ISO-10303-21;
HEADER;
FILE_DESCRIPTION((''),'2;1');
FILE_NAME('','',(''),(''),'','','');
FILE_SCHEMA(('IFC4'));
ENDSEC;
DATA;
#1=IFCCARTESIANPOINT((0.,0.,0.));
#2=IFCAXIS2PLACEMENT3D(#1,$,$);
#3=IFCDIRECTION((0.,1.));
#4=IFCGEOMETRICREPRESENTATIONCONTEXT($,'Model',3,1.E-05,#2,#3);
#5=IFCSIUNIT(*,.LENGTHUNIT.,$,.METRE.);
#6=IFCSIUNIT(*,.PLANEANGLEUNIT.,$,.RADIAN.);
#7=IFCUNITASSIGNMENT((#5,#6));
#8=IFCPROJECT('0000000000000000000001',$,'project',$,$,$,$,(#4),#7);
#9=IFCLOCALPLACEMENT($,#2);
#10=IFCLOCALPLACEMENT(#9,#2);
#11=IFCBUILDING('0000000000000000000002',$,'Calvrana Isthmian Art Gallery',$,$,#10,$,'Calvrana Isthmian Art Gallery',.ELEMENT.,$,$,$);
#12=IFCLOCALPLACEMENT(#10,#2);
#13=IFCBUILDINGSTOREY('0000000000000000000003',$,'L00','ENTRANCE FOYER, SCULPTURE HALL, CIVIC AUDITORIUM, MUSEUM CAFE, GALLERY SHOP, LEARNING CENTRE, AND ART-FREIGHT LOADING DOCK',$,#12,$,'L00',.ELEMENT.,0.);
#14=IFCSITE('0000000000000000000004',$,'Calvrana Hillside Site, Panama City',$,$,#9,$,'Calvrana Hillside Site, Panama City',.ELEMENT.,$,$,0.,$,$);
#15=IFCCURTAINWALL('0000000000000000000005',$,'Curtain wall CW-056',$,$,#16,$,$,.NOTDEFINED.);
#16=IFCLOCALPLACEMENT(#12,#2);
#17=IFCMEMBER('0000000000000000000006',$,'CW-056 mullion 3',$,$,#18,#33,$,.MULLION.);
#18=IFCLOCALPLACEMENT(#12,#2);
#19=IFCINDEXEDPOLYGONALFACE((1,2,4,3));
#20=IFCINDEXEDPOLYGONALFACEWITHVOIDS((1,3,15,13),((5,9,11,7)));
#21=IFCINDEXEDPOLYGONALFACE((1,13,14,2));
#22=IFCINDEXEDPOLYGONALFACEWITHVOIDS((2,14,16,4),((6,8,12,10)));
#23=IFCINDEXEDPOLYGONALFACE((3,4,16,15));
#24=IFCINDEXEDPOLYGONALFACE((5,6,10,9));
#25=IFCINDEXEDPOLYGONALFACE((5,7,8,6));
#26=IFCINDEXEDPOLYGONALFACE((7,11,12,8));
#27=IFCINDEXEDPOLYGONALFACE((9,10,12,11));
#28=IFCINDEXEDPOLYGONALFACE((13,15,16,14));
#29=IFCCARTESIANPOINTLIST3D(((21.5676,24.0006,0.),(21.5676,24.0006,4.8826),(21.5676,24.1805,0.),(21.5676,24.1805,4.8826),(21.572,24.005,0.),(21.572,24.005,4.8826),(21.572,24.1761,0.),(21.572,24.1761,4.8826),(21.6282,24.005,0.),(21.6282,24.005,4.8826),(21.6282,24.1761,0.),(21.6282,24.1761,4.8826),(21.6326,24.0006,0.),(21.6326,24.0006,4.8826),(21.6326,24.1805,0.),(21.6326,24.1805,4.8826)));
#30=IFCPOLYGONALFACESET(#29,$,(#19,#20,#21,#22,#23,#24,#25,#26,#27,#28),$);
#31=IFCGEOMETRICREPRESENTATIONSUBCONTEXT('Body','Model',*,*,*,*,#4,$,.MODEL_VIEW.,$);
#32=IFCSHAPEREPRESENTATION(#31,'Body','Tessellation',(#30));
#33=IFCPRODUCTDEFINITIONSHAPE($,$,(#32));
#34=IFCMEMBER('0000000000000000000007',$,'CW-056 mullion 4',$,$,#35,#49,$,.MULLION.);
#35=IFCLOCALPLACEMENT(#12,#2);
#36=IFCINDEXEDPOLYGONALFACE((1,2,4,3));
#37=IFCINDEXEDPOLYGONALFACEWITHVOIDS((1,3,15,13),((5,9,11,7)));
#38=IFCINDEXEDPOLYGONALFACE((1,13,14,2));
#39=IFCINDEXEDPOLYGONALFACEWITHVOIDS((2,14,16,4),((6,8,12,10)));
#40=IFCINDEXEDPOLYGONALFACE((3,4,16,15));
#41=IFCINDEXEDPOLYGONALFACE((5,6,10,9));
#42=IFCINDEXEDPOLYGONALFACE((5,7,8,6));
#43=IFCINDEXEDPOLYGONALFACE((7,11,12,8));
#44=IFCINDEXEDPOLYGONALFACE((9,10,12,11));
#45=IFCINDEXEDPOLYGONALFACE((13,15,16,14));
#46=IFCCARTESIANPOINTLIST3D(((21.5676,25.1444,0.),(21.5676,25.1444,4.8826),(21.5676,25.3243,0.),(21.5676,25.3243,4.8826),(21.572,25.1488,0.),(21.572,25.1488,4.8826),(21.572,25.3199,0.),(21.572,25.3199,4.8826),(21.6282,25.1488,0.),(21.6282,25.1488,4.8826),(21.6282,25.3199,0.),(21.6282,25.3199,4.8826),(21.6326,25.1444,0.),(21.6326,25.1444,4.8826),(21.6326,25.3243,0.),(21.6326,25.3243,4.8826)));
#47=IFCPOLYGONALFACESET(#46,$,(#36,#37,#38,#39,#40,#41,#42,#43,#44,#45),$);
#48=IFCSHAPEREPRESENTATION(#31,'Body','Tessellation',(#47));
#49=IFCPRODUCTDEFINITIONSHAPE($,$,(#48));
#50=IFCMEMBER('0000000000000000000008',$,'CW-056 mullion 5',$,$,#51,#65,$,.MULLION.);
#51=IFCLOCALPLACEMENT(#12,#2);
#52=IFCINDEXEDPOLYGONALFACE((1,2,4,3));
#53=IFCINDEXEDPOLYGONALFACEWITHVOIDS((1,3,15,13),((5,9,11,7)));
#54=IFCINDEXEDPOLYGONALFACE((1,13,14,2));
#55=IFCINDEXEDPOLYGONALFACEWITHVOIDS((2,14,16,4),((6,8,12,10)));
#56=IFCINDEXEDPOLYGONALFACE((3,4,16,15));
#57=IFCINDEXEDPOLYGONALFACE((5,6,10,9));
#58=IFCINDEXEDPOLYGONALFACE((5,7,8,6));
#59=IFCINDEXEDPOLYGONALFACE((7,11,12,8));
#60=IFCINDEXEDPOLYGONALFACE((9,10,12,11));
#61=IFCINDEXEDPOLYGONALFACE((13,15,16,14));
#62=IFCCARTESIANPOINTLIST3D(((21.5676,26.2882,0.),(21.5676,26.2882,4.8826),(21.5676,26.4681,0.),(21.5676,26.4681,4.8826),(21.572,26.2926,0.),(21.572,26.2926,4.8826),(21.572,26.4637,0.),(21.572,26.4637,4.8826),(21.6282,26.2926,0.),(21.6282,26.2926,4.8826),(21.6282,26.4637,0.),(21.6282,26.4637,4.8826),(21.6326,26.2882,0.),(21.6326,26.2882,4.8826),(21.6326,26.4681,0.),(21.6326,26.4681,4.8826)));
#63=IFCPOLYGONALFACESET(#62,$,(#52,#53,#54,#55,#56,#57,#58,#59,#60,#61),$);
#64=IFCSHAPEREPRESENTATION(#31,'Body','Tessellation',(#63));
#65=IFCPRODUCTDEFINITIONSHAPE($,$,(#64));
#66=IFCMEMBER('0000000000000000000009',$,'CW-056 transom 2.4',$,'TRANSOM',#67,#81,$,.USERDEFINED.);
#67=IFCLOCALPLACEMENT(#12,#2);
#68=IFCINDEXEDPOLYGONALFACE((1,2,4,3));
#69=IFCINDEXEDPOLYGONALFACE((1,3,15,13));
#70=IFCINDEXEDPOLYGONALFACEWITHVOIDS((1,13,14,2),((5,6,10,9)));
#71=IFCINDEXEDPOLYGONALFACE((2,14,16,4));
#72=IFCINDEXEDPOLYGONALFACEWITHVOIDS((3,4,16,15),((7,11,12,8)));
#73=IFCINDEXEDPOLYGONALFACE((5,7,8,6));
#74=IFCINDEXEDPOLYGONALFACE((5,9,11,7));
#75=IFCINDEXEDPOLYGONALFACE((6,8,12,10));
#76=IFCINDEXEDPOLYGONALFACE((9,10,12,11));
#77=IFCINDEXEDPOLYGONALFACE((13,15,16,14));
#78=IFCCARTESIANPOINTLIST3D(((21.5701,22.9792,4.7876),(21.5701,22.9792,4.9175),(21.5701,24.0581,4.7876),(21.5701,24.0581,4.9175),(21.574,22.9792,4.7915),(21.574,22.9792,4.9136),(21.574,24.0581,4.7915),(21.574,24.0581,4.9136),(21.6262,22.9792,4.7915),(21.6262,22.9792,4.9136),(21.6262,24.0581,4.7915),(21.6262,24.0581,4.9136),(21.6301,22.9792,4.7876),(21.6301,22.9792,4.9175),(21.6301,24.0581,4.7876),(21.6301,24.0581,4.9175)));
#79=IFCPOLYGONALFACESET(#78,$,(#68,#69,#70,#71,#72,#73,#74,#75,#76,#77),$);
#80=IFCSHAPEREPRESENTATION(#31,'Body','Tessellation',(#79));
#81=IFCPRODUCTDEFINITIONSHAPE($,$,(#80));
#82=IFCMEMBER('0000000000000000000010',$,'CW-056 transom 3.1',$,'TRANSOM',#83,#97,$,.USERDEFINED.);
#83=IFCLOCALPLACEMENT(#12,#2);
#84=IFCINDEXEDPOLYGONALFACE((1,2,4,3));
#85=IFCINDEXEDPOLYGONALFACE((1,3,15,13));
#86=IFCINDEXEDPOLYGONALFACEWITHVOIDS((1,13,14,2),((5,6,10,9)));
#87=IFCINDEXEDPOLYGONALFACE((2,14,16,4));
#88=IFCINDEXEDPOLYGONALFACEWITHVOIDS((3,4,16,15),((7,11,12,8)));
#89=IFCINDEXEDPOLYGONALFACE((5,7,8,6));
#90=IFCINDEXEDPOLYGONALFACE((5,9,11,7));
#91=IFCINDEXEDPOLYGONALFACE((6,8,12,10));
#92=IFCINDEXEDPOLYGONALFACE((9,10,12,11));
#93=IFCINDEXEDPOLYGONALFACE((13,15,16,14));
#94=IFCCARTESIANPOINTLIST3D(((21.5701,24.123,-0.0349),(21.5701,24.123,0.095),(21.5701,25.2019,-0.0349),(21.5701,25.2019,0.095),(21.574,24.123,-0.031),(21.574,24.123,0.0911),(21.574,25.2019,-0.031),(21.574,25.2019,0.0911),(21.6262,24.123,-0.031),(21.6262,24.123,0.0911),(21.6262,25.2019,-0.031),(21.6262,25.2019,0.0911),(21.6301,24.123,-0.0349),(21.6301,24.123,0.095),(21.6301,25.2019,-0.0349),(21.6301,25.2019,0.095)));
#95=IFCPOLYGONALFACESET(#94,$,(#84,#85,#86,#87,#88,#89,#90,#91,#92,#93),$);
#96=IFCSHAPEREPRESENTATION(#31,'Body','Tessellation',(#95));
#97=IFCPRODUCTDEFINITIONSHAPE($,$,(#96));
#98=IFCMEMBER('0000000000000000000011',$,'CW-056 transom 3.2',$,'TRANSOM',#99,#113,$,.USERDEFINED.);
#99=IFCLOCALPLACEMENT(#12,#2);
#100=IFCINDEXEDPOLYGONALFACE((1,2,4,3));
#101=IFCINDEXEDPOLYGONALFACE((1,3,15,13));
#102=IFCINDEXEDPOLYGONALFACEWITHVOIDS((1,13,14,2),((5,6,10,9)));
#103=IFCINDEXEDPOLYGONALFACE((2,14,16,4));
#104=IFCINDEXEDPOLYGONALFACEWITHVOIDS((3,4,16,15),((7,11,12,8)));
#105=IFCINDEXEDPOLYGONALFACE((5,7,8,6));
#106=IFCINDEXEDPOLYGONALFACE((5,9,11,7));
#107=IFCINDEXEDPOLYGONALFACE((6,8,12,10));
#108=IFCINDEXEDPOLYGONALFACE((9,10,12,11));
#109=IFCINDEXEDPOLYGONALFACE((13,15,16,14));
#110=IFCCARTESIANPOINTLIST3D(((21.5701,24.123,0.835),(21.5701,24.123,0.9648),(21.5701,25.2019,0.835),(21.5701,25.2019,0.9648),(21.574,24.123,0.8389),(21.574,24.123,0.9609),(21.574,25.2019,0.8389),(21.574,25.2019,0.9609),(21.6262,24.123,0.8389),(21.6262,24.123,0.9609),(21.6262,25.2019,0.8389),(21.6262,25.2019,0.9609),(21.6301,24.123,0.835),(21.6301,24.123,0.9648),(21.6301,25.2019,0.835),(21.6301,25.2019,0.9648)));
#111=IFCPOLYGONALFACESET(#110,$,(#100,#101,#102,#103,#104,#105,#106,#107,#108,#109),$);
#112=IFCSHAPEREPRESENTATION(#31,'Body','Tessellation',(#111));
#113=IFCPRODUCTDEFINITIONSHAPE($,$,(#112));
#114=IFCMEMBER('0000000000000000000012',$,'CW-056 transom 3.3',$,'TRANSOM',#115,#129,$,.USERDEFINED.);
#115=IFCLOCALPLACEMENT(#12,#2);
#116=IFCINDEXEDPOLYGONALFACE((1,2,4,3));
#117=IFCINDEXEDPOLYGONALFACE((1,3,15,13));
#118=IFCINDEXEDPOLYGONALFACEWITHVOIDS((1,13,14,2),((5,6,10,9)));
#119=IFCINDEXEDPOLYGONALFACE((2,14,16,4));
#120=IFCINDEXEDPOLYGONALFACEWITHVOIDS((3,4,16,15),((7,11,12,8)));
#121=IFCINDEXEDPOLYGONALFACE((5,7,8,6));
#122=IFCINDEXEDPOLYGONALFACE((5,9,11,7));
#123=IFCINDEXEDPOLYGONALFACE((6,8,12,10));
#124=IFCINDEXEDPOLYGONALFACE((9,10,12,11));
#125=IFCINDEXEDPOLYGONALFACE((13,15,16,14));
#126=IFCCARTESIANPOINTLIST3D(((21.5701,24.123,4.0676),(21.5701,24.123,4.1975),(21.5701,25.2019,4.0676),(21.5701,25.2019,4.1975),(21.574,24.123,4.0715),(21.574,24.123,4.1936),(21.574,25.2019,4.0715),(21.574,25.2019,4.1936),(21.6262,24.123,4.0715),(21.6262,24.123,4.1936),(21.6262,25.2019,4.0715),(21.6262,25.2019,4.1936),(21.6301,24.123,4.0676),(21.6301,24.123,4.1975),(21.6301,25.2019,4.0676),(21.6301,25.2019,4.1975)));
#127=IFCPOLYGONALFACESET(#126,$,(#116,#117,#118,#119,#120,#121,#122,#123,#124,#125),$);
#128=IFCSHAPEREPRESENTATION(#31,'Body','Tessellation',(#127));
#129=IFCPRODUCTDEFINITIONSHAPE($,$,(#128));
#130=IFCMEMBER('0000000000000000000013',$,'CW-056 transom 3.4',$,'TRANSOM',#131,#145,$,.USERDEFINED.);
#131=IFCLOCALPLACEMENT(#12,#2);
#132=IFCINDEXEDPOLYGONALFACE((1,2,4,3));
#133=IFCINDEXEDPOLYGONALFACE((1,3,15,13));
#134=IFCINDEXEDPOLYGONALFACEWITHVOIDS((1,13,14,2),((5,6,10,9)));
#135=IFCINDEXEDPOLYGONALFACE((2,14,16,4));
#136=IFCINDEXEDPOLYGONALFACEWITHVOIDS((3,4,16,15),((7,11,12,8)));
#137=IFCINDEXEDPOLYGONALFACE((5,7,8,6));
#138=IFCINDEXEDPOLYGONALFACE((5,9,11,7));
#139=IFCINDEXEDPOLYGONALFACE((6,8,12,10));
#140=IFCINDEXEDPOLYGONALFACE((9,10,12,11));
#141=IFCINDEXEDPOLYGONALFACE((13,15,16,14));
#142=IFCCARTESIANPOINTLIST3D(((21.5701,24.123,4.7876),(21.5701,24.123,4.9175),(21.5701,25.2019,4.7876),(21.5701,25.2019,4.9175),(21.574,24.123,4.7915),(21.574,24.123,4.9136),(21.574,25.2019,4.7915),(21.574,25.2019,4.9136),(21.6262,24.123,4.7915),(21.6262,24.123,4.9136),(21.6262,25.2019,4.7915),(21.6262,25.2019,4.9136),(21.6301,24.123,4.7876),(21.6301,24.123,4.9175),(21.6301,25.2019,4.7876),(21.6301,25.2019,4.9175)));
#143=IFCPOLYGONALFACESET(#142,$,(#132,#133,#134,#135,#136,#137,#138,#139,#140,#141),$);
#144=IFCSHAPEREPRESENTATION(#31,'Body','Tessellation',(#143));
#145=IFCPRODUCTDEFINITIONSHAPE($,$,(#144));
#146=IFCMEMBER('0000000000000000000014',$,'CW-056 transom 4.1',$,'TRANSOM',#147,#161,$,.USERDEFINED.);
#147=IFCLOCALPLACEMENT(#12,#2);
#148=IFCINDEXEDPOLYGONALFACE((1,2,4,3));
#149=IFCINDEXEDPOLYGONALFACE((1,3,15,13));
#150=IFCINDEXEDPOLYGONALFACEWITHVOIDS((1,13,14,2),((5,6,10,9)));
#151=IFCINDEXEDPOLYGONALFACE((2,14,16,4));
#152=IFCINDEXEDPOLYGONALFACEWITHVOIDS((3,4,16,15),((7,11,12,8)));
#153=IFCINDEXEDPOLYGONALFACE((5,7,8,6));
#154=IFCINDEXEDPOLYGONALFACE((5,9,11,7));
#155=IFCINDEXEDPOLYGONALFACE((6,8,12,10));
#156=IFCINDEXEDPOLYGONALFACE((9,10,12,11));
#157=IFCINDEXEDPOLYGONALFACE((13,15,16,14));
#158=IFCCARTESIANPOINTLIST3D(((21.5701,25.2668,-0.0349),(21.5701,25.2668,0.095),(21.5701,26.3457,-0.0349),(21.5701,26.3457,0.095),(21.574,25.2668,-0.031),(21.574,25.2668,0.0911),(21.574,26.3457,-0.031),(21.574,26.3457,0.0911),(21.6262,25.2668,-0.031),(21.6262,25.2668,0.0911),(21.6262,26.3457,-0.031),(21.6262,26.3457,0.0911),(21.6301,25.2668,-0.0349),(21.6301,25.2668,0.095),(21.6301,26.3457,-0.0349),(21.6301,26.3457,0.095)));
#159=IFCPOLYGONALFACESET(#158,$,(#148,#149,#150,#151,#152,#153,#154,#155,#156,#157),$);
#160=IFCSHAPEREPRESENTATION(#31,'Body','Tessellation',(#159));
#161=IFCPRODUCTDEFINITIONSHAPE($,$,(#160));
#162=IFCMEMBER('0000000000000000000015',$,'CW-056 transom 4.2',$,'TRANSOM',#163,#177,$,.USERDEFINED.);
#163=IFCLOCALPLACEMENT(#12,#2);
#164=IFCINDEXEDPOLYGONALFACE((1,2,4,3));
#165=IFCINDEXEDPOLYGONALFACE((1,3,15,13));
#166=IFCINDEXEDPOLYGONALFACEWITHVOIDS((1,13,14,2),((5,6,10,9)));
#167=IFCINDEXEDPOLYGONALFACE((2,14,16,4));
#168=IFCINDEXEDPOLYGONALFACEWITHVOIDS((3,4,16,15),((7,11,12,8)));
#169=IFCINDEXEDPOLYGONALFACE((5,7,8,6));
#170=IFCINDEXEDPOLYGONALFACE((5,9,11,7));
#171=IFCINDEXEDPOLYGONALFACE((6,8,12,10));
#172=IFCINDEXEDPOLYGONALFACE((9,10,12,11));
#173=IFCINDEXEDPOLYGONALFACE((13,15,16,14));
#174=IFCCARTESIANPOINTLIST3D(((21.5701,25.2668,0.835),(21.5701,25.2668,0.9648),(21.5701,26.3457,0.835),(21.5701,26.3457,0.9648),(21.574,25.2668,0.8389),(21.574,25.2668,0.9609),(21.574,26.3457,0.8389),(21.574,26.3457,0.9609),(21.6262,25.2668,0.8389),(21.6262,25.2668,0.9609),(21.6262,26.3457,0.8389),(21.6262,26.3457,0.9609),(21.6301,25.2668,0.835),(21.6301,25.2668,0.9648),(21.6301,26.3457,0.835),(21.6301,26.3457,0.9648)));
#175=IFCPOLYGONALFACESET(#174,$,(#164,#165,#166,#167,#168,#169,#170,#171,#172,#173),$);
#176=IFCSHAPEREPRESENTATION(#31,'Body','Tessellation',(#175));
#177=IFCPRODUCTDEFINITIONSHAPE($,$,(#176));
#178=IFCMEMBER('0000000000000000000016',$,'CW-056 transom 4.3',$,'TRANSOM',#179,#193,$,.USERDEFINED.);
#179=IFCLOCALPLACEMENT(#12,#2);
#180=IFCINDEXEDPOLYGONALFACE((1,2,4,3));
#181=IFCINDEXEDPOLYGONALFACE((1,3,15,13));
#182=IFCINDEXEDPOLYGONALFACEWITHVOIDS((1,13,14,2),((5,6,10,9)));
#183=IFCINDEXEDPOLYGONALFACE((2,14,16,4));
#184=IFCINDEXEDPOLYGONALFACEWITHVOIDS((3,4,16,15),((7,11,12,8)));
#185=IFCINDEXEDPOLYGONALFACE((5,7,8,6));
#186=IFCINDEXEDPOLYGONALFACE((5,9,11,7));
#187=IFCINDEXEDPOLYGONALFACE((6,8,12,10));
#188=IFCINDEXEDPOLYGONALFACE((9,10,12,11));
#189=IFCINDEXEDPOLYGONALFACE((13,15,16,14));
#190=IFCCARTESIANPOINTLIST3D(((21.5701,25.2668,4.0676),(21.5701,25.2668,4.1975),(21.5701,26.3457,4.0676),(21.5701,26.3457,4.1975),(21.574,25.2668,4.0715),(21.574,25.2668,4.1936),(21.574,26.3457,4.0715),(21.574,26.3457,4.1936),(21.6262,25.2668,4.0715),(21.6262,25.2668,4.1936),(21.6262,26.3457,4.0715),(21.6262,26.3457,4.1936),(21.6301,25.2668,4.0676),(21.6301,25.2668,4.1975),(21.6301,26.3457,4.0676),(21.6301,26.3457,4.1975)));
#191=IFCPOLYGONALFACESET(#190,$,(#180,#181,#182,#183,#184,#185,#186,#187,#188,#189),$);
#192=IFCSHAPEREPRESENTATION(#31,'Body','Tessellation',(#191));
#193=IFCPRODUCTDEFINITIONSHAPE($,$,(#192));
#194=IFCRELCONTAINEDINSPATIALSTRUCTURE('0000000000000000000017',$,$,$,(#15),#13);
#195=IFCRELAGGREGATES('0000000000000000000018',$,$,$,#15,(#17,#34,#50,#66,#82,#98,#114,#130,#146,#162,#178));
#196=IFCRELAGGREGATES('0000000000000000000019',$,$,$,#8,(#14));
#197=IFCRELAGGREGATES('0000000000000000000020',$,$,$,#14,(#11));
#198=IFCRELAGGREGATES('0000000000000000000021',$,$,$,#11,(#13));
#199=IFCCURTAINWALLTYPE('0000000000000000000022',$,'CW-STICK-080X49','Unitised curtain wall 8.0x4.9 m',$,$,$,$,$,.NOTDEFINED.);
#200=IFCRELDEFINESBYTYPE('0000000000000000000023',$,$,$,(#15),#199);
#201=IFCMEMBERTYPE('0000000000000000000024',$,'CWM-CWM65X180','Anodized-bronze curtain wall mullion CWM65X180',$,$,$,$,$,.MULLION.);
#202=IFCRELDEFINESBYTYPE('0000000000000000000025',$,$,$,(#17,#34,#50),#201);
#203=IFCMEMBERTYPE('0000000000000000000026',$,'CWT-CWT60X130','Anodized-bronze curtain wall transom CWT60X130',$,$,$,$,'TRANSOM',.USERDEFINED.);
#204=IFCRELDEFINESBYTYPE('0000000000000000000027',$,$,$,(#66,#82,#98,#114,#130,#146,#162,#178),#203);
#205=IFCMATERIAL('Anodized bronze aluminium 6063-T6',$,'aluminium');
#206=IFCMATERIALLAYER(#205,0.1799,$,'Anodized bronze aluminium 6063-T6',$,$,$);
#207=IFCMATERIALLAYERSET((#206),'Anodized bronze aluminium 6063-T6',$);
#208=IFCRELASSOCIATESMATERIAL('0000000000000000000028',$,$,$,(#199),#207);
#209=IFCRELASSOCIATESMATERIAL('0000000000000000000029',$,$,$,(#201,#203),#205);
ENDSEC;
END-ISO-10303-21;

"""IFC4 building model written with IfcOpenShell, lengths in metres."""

from ifc_helpers import new_model, si_unit, direction, frame, origin, origin_2d, place, context, subcontext, project, spatial, hollow_rectangle, extrude, material, layer, layer_set, material_profile, profile_set, type_object, element, aggregate, save


model = new_model("IFC4")

# Units and contexts
model_context = context("Model", 3, precision=1e-05, world=origin(), true_north=direction((0.0, 1.0)))
body_context = subcontext(model_context, "Body", "Model", "MODEL_VIEW")
ifc_project = project(units=[si_unit("LENGTHUNIT", "METRE"), si_unit("PLANEANGLEUNIT", "RADIAN")], contexts=[model_context])

# Site, building, storey
site_placement = place(None, origin())
site = spatial("IfcSite", under=ifc_project, at=site_placement, Name="Calvrana Hillside Site, Panama City", LongName="Calvrana Hillside Site, Panama City", CompositionType="ELEMENT", RefElevation=0.0)
building_placement = place(site_placement, origin())
building = spatial("IfcBuilding", under=site, at=building_placement, Name="Calvrana Isthmian Art Gallery", LongName="Calvrana Isthmian Art Gallery", CompositionType="ELEMENT")
storey_placement = place(building_placement, origin())
storey = spatial("IfcBuildingStorey", under=building, at=storey_placement, Name="L00", Description="ENTRANCE FOYER, SCULPTURE HALL, CIVIC AUDITORIUM, MUSEUM CAFE, GALLERY SHOP, LEARNING CENTRE, AND ART-FREIGHT LOADING DOCK", LongName="L00", CompositionType="ELEMENT", Elevation=0.0)

# Curtain wall, members
ifc_material_1 = material(Name="Anodized bronze aluminium 6063-T6", Category="aluminium")
ifc_layer_1 = layer(ifc_material_1, 0.1799, Name="Anodized bronze aluminium 6063-T6")
ifc_layer_set_1 = layer_set([ifc_layer_1], Name="Anodized bronze aluminium 6063-T6")
curtain_wall_type = type_object("IfcCurtainWallType", Name="CW-STICK-080X49", Description="Unitised curtain wall 8.0x4.9 m", PredefinedType="NOTDEFINED", material=ifc_layer_set_1)
curtain_wall_placement = place(storey_placement, origin())
curtain_wall = element("IfcCurtainWall", 1, at=curtain_wall_placement, inside=storey, type_object=curtain_wall_type, Name="Curtain wall CW-056", PredefinedType="NOTDEFINED")
ifc_material_profile_1 = material_profile(ifc_material_1, hollow_rectangle(XDim=0.0649, YDim=0.1799, WallThickness=0.0044, at=origin_2d()), Name="CWM65X180")
ifc_profile_set_1 = profile_set([ifc_material_profile_1], Name="Anodized bronze aluminium 6063-T6")
member_type_1 = type_object("IfcMemberType", Name="CWM-CWM65X180", Description="Anodized-bronze curtain wall mullion CWM65X180", PredefinedType="MULLION", material=ifc_profile_set_1)
member_1_placement = place(storey_placement, frame((21.6001, 24.0906, 0.0), z_axis=(0.0, 0.0, 1.0), x_axis=(-1.0, 0.0, 0.0)))
member_1 = element("IfcMember", 2, at=member_1_placement, type_object=member_type_1, Name="CW-056 mullion 3", PredefinedType="MULLION", context=body_context, shape_type="SweptSolid", body=[
    extrude(hollow_rectangle(XDim=0.0649, YDim=0.1799, WallThickness=0.0044, at=origin_2d()), origin(), (0.0, 0.0, 1.0), 4.8826),
])
member_2_placement = place(storey_placement, frame((21.6001, 25.2344, 0.0), z_axis=(0.0, 0.0, 1.0), x_axis=(-1.0, 0.0, 0.0)))
member_2 = element("IfcMember", 3, at=member_2_placement, type_object=member_type_1, Name="CW-056 mullion 4", PredefinedType="MULLION", context=body_context, shape_type="SweptSolid", body=[
    extrude(hollow_rectangle(XDim=0.0649, YDim=0.1799, WallThickness=0.0044, at=origin_2d()), origin(), (0.0, 0.0, 1.0), 4.8826),
])
member_3_placement = place(storey_placement, frame((21.6001, 26.3782, 0.0), z_axis=(0.0, 0.0, 1.0), x_axis=(-1.0, 0.0, 0.0)))
member_3 = element("IfcMember", 4, at=member_3_placement, type_object=member_type_1, Name="CW-056 mullion 5", PredefinedType="MULLION", context=body_context, shape_type="SweptSolid", body=[
    extrude(hollow_rectangle(XDim=0.0649, YDim=0.1799, WallThickness=0.0044, at=origin_2d()), origin(), (0.0, 0.0, 1.0), 4.8826),
])
ifc_material_profile_2 = material_profile(ifc_material_1, hollow_rectangle(XDim=0.0601, YDim=0.1299, WallThickness=0.0039, at=origin_2d()), Name="CWT60X130")
ifc_profile_set_2 = profile_set([ifc_material_profile_2], Name="Anodized bronze aluminium 6063-T6")
member_type_2 = type_object("IfcMemberType", Name="CWT-CWT60X130", Description="Anodized-bronze curtain wall transom CWT60X130", ElementType="TRANSOM", PredefinedType="USERDEFINED", material=ifc_profile_set_2)
member_4_placement = place(storey_placement, frame((21.6001, 22.9792, 4.8525), z_axis=(0.0, 1.0, 0.0), x_axis=(-1.0, 0.0, 0.0)))
member_4 = element("IfcMember", 5, at=member_4_placement, type_object=member_type_2, Name="CW-056 transom 2.4", ObjectType="TRANSOM", PredefinedType="USERDEFINED", context=body_context, shape_type="SweptSolid", body=[
    extrude(hollow_rectangle(XDim=0.0601, YDim=0.1299, WallThickness=0.0039, at=origin_2d()), origin(), (0.0, 0.0, 1.0), 1.0789),
])
member_5_placement = place(storey_placement, frame((21.6001, 24.123, 0.03), z_axis=(0.0, 1.0, 0.0), x_axis=(-1.0, 0.0, 0.0)))
member_5 = element("IfcMember", 6, at=member_5_placement, type_object=member_type_2, Name="CW-056 transom 3.1", ObjectType="TRANSOM", PredefinedType="USERDEFINED", context=body_context, shape_type="SweptSolid", body=[
    extrude(hollow_rectangle(XDim=0.0601, YDim=0.1299, WallThickness=0.0039, at=origin_2d()), origin(), (0.0, 0.0, 1.0), 1.0789),
])
member_6_placement = place(storey_placement, frame((21.6001, 24.123, 0.8999), z_axis=(0.0, 1.0, 0.0), x_axis=(-1.0, 0.0, 0.0)))
member_6 = element("IfcMember", 7, at=member_6_placement, type_object=member_type_2, Name="CW-056 transom 3.2", ObjectType="TRANSOM", PredefinedType="USERDEFINED", context=body_context, shape_type="SweptSolid", body=[
    extrude(hollow_rectangle(XDim=0.0601, YDim=0.1299, WallThickness=0.0039, at=origin_2d()), origin(), (0.0, 0.0, 1.0), 1.0789),
])
member_7_placement = place(storey_placement, frame((21.6001, 24.123, 4.1326), z_axis=(0.0, 1.0, 0.0), x_axis=(-1.0, 0.0, 0.0)))
member_7 = element("IfcMember", 8, at=member_7_placement, type_object=member_type_2, Name="CW-056 transom 3.3", ObjectType="TRANSOM", PredefinedType="USERDEFINED", context=body_context, shape_type="SweptSolid", body=[
    extrude(hollow_rectangle(XDim=0.0601, YDim=0.1299, WallThickness=0.0039, at=origin_2d()), origin(), (0.0, 0.0, 1.0), 1.0789),
])
member_8_placement = place(storey_placement, frame((21.6001, 24.123, 4.8525), z_axis=(0.0, 1.0, 0.0), x_axis=(-1.0, 0.0, 0.0)))
member_8 = element("IfcMember", 9, at=member_8_placement, type_object=member_type_2, Name="CW-056 transom 3.4", ObjectType="TRANSOM", PredefinedType="USERDEFINED", context=body_context, shape_type="SweptSolid", body=[
    extrude(hollow_rectangle(XDim=0.0601, YDim=0.1299, WallThickness=0.0039, at=origin_2d()), origin(), (0.0, 0.0, 1.0), 1.0789),
])
member_9_placement = place(storey_placement, frame((21.6001, 25.2668, 0.03), z_axis=(0.0, 1.0, 0.0), x_axis=(-1.0, 0.0, 0.0)))
member_9 = element("IfcMember", 10, at=member_9_placement, type_object=member_type_2, Name="CW-056 transom 4.1", ObjectType="TRANSOM", PredefinedType="USERDEFINED", context=body_context, shape_type="SweptSolid", body=[
    extrude(hollow_rectangle(XDim=0.0601, YDim=0.1299, WallThickness=0.0039, at=origin_2d()), origin(), (0.0, 0.0, 1.0), 1.0789),
])
member_10_placement = place(storey_placement, frame((21.6001, 25.2668, 0.8999), z_axis=(0.0, 1.0, 0.0), x_axis=(-1.0, 0.0, 0.0)))
member_10 = element("IfcMember", 11, at=member_10_placement, type_object=member_type_2, Name="CW-056 transom 4.2", ObjectType="TRANSOM", PredefinedType="USERDEFINED", context=body_context, shape_type="SweptSolid", body=[
    extrude(hollow_rectangle(XDim=0.0601, YDim=0.1299, WallThickness=0.0039, at=origin_2d()), origin(), (0.0, 0.0, 1.0), 1.0789),
])
member_11_placement = place(storey_placement, frame((21.6001, 25.2668, 4.1326), z_axis=(0.0, 1.0, 0.0), x_axis=(-1.0, 0.0, 0.0)))
member_11 = element("IfcMember", 12, at=member_11_placement, type_object=member_type_2, Name="CW-056 transom 4.3", ObjectType="TRANSOM", PredefinedType="USERDEFINED", context=body_context, shape_type="SweptSolid", body=[
    extrude(hollow_rectangle(XDim=0.0601, YDim=0.1299, WallThickness=0.0039, at=origin_2d()), origin(), (0.0, 0.0, 1.0), 1.0789),
])
aggregate(curtain_wall, [member_1, member_2, member_3, member_4, member_5, member_6, member_7, member_8, member_9, member_10, member_11])

save(model, "model.ifc")
